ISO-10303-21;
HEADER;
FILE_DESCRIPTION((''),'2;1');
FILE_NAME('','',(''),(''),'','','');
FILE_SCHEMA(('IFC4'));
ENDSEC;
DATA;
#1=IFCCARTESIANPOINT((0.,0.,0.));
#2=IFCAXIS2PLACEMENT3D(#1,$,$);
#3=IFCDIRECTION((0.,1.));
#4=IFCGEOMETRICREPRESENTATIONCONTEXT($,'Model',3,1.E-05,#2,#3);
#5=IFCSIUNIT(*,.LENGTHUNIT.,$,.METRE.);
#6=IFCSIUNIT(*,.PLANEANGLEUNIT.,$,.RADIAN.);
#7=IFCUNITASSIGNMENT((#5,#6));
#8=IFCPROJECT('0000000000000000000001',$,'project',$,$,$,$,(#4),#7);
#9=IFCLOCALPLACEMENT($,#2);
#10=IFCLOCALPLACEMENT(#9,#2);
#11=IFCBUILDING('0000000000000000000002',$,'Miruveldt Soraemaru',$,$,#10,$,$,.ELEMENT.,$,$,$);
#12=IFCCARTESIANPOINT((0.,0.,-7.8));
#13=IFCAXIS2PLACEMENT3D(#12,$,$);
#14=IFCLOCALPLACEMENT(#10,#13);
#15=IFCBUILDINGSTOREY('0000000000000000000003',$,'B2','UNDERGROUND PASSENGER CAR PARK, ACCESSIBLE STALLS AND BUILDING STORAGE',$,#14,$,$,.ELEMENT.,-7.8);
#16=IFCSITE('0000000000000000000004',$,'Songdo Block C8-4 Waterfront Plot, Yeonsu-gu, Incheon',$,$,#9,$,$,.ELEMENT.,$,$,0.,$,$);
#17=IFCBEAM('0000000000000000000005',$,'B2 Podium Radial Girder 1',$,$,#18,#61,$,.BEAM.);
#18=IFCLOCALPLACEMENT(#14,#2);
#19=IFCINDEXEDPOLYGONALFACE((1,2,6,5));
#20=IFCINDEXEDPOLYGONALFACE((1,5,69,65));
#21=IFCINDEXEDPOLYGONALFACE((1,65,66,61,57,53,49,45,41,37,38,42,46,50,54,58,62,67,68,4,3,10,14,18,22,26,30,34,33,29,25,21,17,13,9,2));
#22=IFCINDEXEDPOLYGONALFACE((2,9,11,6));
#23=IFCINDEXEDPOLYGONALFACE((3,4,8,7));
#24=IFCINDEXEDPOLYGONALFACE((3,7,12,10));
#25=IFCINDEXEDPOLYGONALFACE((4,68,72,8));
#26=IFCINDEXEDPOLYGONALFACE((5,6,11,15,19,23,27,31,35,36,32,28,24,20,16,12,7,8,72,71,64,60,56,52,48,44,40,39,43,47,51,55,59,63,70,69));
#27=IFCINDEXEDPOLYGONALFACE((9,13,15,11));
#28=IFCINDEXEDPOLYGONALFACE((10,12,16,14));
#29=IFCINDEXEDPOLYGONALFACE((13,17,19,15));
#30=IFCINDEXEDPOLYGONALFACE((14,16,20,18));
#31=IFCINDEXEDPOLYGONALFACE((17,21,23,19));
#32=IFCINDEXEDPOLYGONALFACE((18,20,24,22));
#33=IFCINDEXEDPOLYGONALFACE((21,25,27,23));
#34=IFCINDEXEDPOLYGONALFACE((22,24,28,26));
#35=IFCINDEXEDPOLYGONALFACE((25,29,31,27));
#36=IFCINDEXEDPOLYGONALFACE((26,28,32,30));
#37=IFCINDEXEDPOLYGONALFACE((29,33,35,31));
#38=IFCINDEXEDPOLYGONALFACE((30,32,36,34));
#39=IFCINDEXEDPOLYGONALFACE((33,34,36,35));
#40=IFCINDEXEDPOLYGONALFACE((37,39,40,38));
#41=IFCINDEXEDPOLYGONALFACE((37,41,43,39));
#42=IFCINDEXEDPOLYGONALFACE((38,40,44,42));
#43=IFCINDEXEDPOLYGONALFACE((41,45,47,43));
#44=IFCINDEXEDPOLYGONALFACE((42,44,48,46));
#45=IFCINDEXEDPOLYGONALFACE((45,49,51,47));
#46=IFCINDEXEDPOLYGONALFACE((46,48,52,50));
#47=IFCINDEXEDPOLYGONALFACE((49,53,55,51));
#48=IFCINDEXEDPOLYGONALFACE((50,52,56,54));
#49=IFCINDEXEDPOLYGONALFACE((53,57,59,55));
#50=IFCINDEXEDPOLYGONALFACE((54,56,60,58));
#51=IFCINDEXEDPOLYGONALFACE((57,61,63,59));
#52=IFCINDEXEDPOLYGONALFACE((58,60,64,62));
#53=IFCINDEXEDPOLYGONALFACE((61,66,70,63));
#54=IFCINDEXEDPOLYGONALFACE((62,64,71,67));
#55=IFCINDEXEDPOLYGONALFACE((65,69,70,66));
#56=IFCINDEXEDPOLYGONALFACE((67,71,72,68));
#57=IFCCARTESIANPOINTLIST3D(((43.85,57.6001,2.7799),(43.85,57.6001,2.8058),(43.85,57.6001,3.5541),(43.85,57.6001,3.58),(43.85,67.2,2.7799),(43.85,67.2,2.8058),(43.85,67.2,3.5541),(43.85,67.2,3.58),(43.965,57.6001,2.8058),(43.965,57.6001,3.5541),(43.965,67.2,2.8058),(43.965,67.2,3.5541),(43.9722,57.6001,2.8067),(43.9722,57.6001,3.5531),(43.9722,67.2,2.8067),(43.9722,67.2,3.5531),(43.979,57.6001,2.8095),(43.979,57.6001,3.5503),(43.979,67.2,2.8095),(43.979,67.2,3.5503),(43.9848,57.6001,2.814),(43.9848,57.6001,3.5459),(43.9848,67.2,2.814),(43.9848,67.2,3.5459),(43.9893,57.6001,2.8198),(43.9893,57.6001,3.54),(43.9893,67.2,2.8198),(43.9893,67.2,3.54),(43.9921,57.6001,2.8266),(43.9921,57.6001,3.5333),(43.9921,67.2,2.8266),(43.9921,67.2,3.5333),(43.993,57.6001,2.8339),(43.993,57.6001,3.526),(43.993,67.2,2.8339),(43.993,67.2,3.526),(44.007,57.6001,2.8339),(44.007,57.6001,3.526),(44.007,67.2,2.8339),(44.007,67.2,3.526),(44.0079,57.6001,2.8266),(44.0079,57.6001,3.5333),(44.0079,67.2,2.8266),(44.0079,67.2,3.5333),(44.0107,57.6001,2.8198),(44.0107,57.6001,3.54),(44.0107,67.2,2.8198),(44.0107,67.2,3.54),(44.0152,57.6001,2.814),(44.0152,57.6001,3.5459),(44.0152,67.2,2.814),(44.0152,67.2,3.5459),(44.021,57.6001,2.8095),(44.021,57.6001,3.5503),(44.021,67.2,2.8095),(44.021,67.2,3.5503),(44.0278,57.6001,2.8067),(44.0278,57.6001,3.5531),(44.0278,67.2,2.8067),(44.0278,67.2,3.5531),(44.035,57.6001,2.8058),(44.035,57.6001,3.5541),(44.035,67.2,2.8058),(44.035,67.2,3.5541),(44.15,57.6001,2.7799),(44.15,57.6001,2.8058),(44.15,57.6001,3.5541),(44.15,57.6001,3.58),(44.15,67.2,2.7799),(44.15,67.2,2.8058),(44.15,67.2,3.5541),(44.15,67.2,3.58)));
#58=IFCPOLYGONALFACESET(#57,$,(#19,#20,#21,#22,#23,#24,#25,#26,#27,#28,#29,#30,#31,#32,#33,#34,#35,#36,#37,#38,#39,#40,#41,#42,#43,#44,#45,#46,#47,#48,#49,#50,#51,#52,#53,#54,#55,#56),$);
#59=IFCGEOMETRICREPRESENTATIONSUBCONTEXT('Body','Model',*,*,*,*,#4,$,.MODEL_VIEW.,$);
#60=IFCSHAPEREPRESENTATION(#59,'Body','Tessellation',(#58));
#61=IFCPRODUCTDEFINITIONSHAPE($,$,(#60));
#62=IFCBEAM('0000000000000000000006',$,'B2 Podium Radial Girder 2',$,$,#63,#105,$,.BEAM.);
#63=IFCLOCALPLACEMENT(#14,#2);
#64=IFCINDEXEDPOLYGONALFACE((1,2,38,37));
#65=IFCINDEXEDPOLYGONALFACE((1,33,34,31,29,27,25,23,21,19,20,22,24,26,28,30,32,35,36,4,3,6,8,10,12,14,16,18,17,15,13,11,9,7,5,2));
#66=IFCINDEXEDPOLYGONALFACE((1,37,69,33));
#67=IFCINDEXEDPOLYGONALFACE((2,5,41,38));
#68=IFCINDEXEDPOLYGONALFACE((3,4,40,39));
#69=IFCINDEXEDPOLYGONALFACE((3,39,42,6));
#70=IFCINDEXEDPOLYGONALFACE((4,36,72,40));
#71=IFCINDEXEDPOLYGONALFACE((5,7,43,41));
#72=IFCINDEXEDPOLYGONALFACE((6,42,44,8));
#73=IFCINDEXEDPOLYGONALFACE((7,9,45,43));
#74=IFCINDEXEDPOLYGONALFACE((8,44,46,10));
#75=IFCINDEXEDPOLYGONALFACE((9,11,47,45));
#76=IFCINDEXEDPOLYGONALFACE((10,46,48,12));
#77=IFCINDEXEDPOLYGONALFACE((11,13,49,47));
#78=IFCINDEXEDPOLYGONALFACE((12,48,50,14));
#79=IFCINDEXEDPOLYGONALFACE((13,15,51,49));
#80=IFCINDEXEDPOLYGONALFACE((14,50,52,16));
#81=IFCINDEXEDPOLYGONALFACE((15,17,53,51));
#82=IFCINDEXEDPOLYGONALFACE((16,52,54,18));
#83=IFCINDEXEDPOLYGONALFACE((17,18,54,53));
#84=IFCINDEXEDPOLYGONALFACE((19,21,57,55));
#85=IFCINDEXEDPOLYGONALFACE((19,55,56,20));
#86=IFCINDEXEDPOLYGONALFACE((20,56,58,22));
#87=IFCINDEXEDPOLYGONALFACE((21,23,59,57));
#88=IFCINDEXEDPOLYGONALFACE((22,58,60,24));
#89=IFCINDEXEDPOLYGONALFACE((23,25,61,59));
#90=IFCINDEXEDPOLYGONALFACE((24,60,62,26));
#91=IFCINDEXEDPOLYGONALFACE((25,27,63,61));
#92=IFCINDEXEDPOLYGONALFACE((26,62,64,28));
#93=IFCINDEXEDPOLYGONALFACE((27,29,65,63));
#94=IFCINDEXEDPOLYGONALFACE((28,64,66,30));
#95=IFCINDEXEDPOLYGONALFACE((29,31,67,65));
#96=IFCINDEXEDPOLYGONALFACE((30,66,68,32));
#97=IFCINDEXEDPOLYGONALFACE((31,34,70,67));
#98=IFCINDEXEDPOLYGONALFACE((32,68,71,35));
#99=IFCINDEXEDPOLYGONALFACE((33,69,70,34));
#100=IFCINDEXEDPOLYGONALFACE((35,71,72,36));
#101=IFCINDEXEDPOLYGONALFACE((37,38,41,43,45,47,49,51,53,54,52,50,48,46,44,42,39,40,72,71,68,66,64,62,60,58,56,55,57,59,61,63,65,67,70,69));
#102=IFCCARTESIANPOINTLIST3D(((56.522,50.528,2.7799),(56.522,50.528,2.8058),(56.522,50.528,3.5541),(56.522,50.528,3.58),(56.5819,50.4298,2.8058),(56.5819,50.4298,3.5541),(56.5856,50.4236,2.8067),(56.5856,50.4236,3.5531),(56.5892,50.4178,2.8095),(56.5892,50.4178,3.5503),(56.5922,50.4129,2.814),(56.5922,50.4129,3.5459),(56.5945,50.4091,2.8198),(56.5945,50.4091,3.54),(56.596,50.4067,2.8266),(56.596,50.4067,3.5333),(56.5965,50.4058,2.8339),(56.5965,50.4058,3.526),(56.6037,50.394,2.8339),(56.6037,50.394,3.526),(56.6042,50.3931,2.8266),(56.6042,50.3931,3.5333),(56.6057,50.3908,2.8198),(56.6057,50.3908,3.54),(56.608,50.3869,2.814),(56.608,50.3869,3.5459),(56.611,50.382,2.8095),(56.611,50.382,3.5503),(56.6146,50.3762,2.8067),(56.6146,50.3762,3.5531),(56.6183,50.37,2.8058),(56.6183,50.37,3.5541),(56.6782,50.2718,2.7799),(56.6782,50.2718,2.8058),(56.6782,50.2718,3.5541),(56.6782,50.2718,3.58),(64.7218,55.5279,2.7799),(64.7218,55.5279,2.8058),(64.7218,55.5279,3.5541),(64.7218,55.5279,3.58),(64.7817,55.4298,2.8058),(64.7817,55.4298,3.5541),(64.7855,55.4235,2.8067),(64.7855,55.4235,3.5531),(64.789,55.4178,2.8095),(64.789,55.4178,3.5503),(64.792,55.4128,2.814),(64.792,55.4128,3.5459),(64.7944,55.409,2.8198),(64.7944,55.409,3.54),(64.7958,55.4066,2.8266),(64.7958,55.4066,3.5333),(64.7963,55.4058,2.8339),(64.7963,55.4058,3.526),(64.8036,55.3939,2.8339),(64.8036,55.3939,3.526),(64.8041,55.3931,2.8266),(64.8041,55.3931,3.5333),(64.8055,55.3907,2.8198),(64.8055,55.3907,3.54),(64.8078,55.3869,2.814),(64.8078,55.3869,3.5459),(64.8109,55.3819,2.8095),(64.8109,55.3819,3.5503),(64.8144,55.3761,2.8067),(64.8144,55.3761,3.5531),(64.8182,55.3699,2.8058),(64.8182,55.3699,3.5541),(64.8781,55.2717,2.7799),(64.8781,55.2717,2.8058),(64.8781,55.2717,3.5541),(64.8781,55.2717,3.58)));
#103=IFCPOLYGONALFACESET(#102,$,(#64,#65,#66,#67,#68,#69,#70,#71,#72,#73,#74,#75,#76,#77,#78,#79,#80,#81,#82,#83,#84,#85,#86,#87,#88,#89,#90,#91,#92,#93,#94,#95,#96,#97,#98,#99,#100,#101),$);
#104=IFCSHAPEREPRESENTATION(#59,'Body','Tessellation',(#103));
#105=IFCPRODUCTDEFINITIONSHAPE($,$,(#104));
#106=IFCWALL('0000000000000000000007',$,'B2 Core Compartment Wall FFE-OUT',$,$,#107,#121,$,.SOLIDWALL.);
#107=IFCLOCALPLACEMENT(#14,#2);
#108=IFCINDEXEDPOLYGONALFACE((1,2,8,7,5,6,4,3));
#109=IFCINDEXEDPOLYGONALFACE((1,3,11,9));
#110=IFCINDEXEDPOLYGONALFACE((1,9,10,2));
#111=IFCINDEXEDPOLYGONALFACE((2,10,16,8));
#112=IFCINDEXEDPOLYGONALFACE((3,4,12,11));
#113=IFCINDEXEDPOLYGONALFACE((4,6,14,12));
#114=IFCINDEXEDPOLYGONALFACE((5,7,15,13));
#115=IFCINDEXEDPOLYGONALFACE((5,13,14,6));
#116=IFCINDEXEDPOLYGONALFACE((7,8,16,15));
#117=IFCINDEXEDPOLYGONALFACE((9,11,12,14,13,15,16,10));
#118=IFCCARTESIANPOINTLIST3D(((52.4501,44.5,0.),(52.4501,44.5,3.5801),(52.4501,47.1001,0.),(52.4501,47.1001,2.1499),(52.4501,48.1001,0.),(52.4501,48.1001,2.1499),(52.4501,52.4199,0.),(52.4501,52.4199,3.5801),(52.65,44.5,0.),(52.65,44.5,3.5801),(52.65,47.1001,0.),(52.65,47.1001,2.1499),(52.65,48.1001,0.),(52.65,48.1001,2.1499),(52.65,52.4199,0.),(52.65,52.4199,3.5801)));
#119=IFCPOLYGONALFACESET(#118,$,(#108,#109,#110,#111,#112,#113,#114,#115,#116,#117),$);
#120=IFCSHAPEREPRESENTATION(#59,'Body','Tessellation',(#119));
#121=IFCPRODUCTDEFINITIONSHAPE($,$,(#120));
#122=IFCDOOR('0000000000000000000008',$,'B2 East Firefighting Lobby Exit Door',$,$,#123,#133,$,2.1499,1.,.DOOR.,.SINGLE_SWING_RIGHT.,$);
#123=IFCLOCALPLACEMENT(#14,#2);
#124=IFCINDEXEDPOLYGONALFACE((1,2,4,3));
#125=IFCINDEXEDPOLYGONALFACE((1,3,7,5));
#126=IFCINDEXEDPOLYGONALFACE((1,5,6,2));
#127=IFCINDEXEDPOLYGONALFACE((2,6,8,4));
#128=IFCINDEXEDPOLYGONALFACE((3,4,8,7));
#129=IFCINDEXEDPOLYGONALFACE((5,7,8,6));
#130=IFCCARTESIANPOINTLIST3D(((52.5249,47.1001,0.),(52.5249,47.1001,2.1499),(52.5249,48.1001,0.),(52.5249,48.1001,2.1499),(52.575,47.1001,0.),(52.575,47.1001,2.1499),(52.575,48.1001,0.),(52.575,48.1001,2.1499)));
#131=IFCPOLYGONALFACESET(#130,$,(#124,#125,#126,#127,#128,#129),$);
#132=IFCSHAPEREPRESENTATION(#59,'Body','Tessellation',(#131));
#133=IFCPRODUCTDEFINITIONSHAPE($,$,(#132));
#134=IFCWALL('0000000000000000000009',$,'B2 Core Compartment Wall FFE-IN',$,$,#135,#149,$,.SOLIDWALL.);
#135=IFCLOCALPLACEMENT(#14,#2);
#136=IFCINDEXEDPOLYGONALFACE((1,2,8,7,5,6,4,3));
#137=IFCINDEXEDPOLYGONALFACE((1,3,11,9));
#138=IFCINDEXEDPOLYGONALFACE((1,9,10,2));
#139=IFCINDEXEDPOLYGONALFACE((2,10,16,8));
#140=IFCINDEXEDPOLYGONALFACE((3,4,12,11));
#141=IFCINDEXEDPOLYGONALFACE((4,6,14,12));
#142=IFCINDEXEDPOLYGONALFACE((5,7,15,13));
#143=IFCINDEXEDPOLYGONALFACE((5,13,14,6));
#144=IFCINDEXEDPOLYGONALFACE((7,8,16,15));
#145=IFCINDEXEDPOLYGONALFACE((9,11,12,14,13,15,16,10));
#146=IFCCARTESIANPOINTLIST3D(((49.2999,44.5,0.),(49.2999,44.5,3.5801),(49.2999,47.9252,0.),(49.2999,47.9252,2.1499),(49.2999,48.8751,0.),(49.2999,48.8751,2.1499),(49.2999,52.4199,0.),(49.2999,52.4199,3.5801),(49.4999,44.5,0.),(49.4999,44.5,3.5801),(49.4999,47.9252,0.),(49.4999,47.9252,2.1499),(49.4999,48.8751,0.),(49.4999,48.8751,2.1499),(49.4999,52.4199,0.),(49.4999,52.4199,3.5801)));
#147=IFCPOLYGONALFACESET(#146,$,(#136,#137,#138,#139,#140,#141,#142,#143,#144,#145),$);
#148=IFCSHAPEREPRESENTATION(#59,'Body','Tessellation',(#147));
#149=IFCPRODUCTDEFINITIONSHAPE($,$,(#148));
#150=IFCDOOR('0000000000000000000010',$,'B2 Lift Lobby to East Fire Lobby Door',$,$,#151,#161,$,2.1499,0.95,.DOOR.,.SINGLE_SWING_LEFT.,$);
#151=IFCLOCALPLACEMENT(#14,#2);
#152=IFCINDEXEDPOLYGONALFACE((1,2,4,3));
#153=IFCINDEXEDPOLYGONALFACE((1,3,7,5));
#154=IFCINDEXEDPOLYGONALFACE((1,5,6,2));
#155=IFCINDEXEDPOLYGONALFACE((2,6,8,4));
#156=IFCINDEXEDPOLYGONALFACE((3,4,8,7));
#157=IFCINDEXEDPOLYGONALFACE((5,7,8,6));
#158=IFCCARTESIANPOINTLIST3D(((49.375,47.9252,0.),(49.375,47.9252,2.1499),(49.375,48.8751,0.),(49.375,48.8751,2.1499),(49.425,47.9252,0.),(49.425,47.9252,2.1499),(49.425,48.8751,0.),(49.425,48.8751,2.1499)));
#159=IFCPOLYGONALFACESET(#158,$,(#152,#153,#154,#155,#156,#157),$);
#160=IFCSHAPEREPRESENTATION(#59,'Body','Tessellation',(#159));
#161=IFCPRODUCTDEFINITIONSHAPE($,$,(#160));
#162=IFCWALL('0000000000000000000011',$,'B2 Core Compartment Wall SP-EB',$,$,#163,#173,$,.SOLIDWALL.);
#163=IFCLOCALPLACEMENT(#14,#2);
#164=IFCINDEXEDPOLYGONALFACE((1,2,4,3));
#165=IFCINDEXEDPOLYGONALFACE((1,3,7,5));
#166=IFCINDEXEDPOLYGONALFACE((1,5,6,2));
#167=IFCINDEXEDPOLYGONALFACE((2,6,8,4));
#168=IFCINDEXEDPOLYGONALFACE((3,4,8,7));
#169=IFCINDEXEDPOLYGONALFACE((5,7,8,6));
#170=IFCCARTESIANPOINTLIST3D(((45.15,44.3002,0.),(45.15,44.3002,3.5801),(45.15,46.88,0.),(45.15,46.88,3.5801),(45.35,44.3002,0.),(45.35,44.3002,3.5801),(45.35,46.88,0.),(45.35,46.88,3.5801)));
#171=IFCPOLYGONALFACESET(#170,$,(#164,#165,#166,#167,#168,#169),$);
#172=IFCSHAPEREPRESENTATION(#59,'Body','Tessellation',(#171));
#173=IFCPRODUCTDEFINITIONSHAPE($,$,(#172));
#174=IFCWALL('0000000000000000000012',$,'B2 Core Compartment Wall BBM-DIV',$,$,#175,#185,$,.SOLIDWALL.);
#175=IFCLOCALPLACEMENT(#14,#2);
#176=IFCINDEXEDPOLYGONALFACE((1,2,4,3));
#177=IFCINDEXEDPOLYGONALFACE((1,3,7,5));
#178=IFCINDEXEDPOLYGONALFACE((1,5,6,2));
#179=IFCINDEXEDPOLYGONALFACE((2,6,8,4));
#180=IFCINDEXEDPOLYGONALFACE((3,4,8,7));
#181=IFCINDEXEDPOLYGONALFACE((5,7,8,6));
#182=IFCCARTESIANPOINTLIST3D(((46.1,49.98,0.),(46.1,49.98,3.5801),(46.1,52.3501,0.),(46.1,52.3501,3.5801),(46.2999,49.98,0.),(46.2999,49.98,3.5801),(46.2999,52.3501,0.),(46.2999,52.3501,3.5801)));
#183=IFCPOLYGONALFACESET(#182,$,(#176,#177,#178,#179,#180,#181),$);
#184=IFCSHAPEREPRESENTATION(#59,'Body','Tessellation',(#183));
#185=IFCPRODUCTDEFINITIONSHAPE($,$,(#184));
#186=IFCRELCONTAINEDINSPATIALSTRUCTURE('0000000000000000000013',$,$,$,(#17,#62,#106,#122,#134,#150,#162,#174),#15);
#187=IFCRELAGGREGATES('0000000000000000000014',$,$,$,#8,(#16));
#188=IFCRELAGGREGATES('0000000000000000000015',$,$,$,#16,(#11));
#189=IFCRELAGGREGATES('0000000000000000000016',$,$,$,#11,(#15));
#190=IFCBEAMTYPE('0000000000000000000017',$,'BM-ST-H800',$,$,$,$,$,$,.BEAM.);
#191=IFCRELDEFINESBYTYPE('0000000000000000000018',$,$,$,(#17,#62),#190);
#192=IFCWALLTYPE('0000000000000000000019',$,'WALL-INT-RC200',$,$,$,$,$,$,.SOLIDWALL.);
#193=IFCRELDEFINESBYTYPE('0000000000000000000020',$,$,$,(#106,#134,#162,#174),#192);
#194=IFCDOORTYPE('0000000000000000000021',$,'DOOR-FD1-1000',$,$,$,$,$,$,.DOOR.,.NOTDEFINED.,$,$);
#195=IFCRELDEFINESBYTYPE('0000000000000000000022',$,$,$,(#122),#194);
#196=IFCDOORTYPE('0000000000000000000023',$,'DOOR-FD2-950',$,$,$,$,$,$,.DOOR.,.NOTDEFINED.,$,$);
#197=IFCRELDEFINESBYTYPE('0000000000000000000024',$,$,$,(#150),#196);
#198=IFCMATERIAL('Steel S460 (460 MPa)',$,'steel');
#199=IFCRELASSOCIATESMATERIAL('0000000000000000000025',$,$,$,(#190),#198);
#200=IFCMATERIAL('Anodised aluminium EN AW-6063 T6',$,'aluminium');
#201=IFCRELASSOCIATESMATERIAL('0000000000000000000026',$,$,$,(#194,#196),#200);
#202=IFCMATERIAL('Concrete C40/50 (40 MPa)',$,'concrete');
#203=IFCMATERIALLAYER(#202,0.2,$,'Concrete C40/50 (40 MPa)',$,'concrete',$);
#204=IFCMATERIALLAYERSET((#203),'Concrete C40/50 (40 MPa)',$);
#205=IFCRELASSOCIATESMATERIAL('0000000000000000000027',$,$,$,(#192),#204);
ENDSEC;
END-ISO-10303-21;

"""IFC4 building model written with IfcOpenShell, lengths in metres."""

from ifc_helpers import new_model, si_unit, direction, frame, frame_2d, origin, origin_2d, place, context, subcontext, project, spatial, rectangle, i_section, extrude, material, layer, layer_set, material_profile, profile_set, type_object, element, fill, save


model = new_model("IFC4")

# Units and contexts
model_context = context("Model", 3, precision=1e-05, world=origin(), true_north=direction((0.0, 1.0)))
body_context = subcontext(model_context, "Body", "Model", "MODEL_VIEW")
ifc_project = project(units=[si_unit("LENGTHUNIT", "METRE"), si_unit("PLANEANGLEUNIT", "RADIAN")], contexts=[model_context])

# Site, building, storey
site_placement = place(None, origin())
site = spatial("IfcSite", under=ifc_project, at=site_placement, Name="Songdo Block C8-4 Waterfront Plot, Yeonsu-gu, Incheon", CompositionType="ELEMENT", RefElevation=0.0)
building_placement = place(site_placement, origin())
building = spatial("IfcBuilding", under=site, at=building_placement, Name="Miruveldt Soraemaru", CompositionType="ELEMENT")
storey_placement = place(building_placement, frame((0.0, 0.0, -7.8)))
storey = spatial("IfcBuildingStorey", under=building, at=storey_placement, Name="B2", Description="UNDERGROUND PASSENGER CAR PARK, ACCESSIBLE STALLS AND BUILDING STORAGE", CompositionType="ELEMENT", Elevation=-7.8)

# Beams
ifc_material_1 = material(Name="Steel S460 (460 MPa)", Category="steel")
ifc_material_profile_1 = material_profile(ifc_material_1, i_section(OverallWidth=0.3, OverallDepth=0.8, WebThickness=0.0139, FlangeThickness=0.0259, FilletRadius=0.0281, at=origin_2d()), Name="Steel S460 (460 MPa)", Category="steel")
ifc_profile_set_1 = profile_set([ifc_material_profile_1], Name="Steel S460 (460 MPa)")
beam_type_1 = type_object("IfcBeamType", Name="BM-ST-H800", PredefinedType="BEAM", material=ifc_profile_set_1)
beam_1_placement = place(storey_placement, frame((44.0, 57.6001, 3.1799), z_axis=(0.0, 1.0, 0.0), x_axis=(-1.0, 0.0, 0.0)))
element("IfcBeam", 1, at=beam_1_placement, inside=storey, type_object=beam_type_1, Name="B2 Podium Radial Girder 1", PredefinedType="BEAM", context=body_context, shape_type="SweptSolid", body=[
    extrude(i_section(OverallWidth=0.3, OverallDepth=0.8, WebThickness=0.0139, FlangeThickness=0.0259, FilletRadius=0.0281, at=origin_2d()), origin(), (0.0, 0.0, 1.0), 9.5999),
])
beam_2_placement = place(storey_placement, frame((56.6001, 50.3999, 3.1799), z_axis=(0.853795, 0.52061, 0.0), x_axis=(-0.52061, 0.853795, 0.0)))
element("IfcBeam", 2, at=beam_2_placement, inside=storey, type_object=beam_type_1, Name="B2 Podium Radial Girder 2", PredefinedType="BEAM", context=body_context, shape_type="SweptSolid", body=[
    extrude(i_section(OverallWidth=0.3, OverallDepth=0.8, WebThickness=0.0139, FlangeThickness=0.0259, FilletRadius=0.0281, at=origin_2d()), origin(), (0.0, 0.0, 1.0), 9.604),
])

# Walls, openings, doors
ifc_material_2 = material(Name="Anodised aluminium EN AW-6063 T6", Category="aluminium")
door_type_1 = type_object("IfcDoorType", Name="DOOR-FD1-1000", OperationType="NOTDEFINED", PredefinedType="DOOR", material=ifc_material_2)
ifc_material_3 = material(Name="Concrete C40/50 (40 MPa)", Category="concrete")
ifc_layer_1 = layer(ifc_material_3, 0.2, Name="Concrete C40/50 (40 MPa)", Category="concrete")
ifc_layer_set_1 = layer_set([ifc_layer_1], Name="Concrete C40/50 (40 MPa)")
wall_type_1 = type_object("IfcWallType", Name="WALL-INT-RC200", PredefinedType="SOLIDWALL", material=ifc_layer_set_1)
wall_1_placement = place(storey_placement, frame((52.55, 44.5, 0.0), z_axis=(0.0, 0.0, 1.0), x_axis=(0.0, 1.0, 0.0)))
wall_1 = element("IfcWall", 3, at=wall_1_placement, inside=storey, type_object=wall_type_1, Name="B2 Core Compartment Wall FFE-OUT", PredefinedType="SOLIDWALL", context=body_context, shape_type="SweptSolid", body=[
    extrude(rectangle(XDim=7.9199, YDim=0.2, at=frame_2d((3.96, 0.0))), origin(), (0.0, 0.0, 1.0), 3.5801),
])
opening_1_placement = place(wall_1_placement, frame((2.6001, 0.0, 0.0)))
opening_1 = element("IfcOpeningElement", 4, at=opening_1_placement, cuts=wall_1, PredefinedType="OPENING", context=body_context, shape_type="SweptSolid", body=[
    extrude(rectangle(XDim=1.0, YDim=2.1499, at=frame_2d((0.5, 1.075))), frame((0.0, 0.1099, 0.0), z_axis=(0.0, -1.0, 0.0), x_axis=(1.0, 0.0, 0.0)), (0.0, 0.0, 1.0), 0.22),
])
door_1_placement = place(opening_1_placement, frame((1.0, 0.0, 0.0), z_axis=(0.0, 0.0, 1.0), x_axis=(-1.0, 0.0, 0.0)))
door_1 = element("IfcDoor", 5, at=door_1_placement, inside=storey, type_object=door_type_1, Name="B2 East Firefighting Lobby Exit Door", OperationType="SINGLE_SWING_RIGHT", OverallHeight=2.1499, OverallWidth=1.0, PredefinedType="DOOR", context=body_context, shape_type="SweptSolid", body=[
    extrude(rectangle(XDim=1.0, YDim=2.1499, at=frame_2d((0.5, 1.075))), frame((0.0, 0.0249, 0.0), z_axis=(0.0, -1.0, 0.0), x_axis=(1.0, 0.0, 0.0)), (0.0, 0.0, 1.0), 0.05),
])
fill(opening_1, door_1)
wall_2_placement = place(storey_placement, frame((49.3999, 44.5, 0.0), z_axis=(0.0, 0.0, 1.0), x_axis=(0.0, 1.0, 0.0)))
wall_2 = element("IfcWall", 6, at=wall_2_placement, inside=storey, type_object=wall_type_1, Name="B2 Core Compartment Wall FFE-IN", PredefinedType="SOLIDWALL", context=body_context, shape_type="SweptSolid", body=[
    extrude(rectangle(XDim=7.9199, YDim=0.2, at=frame_2d((3.96, 0.0))), origin(), (0.0, 0.0, 1.0), 3.5801),
])
opening_2_placement = place(wall_2_placement, frame((3.425, 0.0, 0.0)))
opening_2 = element("IfcOpeningElement", 7, at=opening_2_placement, cuts=wall_2, PredefinedType="OPENING", context=body_context, shape_type="SweptSolid", body=[
    extrude(rectangle(XDim=0.95, YDim=2.1499, at=frame_2d((0.4751, 1.075))), frame((0.0, 0.1099, 0.0), z_axis=(0.0, -1.0, 0.0), x_axis=(1.0, 0.0, 0.0)), (0.0, 0.0, 1.0), 0.22),
])
door_type_2 = type_object("IfcDoorType", Name="DOOR-FD2-950", OperationType="NOTDEFINED", PredefinedType="DOOR", material=ifc_material_2)
door_2_placement = place(opening_2_placement, origin())
door_2 = element("IfcDoor", 8, at=door_2_placement, inside=storey, type_object=door_type_2, Name="B2 Lift Lobby to East Fire Lobby Door", OperationType="SINGLE_SWING_LEFT", OverallHeight=2.1499, OverallWidth=0.95, PredefinedType="DOOR", context=body_context, shape_type="SweptSolid", body=[
    extrude(rectangle(XDim=0.95, YDim=2.1499, at=frame_2d((0.4751, 1.075))), frame((0.0, 0.0249, 0.0), z_axis=(0.0, -1.0, 0.0), x_axis=(1.0, 0.0, 0.0)), (0.0, 0.0, 1.0), 0.05),
])
fill(opening_2, door_2)

# Walls
wall_3_placement = place(storey_placement, frame((45.25, 44.3, 0.0), z_axis=(0.0, 0.0, 1.0), x_axis=(0.0, 1.0, 0.0)))
element("IfcWall", 9, at=wall_3_placement, inside=storey, type_object=wall_type_1, Name="B2 Core Compartment Wall SP-EB", PredefinedType="SOLIDWALL", context=body_context, shape_type="SweptSolid", body=[
    extrude(rectangle(XDim=2.5798, YDim=0.2, at=frame_2d((1.29, 0.0))), origin(), (0.0, 0.0, 1.0), 3.5801),
])
wall_4_placement = place(storey_placement, frame((46.2, 49.98, 0.0), z_axis=(0.0, 0.0, 1.0), x_axis=(0.0, 1.0, 0.0)))
element("IfcWall", 10, at=wall_4_placement, inside=storey, type_object=wall_type_1, Name="B2 Core Compartment Wall BBM-DIV", PredefinedType="SOLIDWALL", context=body_context, shape_type="SweptSolid", body=[
    extrude(rectangle(XDim=2.3701, YDim=0.2, at=frame_2d((1.1851, 0.0))), origin(), (0.0, 0.0, 1.0), 3.5801),
])

save(model, "model.ifc")
